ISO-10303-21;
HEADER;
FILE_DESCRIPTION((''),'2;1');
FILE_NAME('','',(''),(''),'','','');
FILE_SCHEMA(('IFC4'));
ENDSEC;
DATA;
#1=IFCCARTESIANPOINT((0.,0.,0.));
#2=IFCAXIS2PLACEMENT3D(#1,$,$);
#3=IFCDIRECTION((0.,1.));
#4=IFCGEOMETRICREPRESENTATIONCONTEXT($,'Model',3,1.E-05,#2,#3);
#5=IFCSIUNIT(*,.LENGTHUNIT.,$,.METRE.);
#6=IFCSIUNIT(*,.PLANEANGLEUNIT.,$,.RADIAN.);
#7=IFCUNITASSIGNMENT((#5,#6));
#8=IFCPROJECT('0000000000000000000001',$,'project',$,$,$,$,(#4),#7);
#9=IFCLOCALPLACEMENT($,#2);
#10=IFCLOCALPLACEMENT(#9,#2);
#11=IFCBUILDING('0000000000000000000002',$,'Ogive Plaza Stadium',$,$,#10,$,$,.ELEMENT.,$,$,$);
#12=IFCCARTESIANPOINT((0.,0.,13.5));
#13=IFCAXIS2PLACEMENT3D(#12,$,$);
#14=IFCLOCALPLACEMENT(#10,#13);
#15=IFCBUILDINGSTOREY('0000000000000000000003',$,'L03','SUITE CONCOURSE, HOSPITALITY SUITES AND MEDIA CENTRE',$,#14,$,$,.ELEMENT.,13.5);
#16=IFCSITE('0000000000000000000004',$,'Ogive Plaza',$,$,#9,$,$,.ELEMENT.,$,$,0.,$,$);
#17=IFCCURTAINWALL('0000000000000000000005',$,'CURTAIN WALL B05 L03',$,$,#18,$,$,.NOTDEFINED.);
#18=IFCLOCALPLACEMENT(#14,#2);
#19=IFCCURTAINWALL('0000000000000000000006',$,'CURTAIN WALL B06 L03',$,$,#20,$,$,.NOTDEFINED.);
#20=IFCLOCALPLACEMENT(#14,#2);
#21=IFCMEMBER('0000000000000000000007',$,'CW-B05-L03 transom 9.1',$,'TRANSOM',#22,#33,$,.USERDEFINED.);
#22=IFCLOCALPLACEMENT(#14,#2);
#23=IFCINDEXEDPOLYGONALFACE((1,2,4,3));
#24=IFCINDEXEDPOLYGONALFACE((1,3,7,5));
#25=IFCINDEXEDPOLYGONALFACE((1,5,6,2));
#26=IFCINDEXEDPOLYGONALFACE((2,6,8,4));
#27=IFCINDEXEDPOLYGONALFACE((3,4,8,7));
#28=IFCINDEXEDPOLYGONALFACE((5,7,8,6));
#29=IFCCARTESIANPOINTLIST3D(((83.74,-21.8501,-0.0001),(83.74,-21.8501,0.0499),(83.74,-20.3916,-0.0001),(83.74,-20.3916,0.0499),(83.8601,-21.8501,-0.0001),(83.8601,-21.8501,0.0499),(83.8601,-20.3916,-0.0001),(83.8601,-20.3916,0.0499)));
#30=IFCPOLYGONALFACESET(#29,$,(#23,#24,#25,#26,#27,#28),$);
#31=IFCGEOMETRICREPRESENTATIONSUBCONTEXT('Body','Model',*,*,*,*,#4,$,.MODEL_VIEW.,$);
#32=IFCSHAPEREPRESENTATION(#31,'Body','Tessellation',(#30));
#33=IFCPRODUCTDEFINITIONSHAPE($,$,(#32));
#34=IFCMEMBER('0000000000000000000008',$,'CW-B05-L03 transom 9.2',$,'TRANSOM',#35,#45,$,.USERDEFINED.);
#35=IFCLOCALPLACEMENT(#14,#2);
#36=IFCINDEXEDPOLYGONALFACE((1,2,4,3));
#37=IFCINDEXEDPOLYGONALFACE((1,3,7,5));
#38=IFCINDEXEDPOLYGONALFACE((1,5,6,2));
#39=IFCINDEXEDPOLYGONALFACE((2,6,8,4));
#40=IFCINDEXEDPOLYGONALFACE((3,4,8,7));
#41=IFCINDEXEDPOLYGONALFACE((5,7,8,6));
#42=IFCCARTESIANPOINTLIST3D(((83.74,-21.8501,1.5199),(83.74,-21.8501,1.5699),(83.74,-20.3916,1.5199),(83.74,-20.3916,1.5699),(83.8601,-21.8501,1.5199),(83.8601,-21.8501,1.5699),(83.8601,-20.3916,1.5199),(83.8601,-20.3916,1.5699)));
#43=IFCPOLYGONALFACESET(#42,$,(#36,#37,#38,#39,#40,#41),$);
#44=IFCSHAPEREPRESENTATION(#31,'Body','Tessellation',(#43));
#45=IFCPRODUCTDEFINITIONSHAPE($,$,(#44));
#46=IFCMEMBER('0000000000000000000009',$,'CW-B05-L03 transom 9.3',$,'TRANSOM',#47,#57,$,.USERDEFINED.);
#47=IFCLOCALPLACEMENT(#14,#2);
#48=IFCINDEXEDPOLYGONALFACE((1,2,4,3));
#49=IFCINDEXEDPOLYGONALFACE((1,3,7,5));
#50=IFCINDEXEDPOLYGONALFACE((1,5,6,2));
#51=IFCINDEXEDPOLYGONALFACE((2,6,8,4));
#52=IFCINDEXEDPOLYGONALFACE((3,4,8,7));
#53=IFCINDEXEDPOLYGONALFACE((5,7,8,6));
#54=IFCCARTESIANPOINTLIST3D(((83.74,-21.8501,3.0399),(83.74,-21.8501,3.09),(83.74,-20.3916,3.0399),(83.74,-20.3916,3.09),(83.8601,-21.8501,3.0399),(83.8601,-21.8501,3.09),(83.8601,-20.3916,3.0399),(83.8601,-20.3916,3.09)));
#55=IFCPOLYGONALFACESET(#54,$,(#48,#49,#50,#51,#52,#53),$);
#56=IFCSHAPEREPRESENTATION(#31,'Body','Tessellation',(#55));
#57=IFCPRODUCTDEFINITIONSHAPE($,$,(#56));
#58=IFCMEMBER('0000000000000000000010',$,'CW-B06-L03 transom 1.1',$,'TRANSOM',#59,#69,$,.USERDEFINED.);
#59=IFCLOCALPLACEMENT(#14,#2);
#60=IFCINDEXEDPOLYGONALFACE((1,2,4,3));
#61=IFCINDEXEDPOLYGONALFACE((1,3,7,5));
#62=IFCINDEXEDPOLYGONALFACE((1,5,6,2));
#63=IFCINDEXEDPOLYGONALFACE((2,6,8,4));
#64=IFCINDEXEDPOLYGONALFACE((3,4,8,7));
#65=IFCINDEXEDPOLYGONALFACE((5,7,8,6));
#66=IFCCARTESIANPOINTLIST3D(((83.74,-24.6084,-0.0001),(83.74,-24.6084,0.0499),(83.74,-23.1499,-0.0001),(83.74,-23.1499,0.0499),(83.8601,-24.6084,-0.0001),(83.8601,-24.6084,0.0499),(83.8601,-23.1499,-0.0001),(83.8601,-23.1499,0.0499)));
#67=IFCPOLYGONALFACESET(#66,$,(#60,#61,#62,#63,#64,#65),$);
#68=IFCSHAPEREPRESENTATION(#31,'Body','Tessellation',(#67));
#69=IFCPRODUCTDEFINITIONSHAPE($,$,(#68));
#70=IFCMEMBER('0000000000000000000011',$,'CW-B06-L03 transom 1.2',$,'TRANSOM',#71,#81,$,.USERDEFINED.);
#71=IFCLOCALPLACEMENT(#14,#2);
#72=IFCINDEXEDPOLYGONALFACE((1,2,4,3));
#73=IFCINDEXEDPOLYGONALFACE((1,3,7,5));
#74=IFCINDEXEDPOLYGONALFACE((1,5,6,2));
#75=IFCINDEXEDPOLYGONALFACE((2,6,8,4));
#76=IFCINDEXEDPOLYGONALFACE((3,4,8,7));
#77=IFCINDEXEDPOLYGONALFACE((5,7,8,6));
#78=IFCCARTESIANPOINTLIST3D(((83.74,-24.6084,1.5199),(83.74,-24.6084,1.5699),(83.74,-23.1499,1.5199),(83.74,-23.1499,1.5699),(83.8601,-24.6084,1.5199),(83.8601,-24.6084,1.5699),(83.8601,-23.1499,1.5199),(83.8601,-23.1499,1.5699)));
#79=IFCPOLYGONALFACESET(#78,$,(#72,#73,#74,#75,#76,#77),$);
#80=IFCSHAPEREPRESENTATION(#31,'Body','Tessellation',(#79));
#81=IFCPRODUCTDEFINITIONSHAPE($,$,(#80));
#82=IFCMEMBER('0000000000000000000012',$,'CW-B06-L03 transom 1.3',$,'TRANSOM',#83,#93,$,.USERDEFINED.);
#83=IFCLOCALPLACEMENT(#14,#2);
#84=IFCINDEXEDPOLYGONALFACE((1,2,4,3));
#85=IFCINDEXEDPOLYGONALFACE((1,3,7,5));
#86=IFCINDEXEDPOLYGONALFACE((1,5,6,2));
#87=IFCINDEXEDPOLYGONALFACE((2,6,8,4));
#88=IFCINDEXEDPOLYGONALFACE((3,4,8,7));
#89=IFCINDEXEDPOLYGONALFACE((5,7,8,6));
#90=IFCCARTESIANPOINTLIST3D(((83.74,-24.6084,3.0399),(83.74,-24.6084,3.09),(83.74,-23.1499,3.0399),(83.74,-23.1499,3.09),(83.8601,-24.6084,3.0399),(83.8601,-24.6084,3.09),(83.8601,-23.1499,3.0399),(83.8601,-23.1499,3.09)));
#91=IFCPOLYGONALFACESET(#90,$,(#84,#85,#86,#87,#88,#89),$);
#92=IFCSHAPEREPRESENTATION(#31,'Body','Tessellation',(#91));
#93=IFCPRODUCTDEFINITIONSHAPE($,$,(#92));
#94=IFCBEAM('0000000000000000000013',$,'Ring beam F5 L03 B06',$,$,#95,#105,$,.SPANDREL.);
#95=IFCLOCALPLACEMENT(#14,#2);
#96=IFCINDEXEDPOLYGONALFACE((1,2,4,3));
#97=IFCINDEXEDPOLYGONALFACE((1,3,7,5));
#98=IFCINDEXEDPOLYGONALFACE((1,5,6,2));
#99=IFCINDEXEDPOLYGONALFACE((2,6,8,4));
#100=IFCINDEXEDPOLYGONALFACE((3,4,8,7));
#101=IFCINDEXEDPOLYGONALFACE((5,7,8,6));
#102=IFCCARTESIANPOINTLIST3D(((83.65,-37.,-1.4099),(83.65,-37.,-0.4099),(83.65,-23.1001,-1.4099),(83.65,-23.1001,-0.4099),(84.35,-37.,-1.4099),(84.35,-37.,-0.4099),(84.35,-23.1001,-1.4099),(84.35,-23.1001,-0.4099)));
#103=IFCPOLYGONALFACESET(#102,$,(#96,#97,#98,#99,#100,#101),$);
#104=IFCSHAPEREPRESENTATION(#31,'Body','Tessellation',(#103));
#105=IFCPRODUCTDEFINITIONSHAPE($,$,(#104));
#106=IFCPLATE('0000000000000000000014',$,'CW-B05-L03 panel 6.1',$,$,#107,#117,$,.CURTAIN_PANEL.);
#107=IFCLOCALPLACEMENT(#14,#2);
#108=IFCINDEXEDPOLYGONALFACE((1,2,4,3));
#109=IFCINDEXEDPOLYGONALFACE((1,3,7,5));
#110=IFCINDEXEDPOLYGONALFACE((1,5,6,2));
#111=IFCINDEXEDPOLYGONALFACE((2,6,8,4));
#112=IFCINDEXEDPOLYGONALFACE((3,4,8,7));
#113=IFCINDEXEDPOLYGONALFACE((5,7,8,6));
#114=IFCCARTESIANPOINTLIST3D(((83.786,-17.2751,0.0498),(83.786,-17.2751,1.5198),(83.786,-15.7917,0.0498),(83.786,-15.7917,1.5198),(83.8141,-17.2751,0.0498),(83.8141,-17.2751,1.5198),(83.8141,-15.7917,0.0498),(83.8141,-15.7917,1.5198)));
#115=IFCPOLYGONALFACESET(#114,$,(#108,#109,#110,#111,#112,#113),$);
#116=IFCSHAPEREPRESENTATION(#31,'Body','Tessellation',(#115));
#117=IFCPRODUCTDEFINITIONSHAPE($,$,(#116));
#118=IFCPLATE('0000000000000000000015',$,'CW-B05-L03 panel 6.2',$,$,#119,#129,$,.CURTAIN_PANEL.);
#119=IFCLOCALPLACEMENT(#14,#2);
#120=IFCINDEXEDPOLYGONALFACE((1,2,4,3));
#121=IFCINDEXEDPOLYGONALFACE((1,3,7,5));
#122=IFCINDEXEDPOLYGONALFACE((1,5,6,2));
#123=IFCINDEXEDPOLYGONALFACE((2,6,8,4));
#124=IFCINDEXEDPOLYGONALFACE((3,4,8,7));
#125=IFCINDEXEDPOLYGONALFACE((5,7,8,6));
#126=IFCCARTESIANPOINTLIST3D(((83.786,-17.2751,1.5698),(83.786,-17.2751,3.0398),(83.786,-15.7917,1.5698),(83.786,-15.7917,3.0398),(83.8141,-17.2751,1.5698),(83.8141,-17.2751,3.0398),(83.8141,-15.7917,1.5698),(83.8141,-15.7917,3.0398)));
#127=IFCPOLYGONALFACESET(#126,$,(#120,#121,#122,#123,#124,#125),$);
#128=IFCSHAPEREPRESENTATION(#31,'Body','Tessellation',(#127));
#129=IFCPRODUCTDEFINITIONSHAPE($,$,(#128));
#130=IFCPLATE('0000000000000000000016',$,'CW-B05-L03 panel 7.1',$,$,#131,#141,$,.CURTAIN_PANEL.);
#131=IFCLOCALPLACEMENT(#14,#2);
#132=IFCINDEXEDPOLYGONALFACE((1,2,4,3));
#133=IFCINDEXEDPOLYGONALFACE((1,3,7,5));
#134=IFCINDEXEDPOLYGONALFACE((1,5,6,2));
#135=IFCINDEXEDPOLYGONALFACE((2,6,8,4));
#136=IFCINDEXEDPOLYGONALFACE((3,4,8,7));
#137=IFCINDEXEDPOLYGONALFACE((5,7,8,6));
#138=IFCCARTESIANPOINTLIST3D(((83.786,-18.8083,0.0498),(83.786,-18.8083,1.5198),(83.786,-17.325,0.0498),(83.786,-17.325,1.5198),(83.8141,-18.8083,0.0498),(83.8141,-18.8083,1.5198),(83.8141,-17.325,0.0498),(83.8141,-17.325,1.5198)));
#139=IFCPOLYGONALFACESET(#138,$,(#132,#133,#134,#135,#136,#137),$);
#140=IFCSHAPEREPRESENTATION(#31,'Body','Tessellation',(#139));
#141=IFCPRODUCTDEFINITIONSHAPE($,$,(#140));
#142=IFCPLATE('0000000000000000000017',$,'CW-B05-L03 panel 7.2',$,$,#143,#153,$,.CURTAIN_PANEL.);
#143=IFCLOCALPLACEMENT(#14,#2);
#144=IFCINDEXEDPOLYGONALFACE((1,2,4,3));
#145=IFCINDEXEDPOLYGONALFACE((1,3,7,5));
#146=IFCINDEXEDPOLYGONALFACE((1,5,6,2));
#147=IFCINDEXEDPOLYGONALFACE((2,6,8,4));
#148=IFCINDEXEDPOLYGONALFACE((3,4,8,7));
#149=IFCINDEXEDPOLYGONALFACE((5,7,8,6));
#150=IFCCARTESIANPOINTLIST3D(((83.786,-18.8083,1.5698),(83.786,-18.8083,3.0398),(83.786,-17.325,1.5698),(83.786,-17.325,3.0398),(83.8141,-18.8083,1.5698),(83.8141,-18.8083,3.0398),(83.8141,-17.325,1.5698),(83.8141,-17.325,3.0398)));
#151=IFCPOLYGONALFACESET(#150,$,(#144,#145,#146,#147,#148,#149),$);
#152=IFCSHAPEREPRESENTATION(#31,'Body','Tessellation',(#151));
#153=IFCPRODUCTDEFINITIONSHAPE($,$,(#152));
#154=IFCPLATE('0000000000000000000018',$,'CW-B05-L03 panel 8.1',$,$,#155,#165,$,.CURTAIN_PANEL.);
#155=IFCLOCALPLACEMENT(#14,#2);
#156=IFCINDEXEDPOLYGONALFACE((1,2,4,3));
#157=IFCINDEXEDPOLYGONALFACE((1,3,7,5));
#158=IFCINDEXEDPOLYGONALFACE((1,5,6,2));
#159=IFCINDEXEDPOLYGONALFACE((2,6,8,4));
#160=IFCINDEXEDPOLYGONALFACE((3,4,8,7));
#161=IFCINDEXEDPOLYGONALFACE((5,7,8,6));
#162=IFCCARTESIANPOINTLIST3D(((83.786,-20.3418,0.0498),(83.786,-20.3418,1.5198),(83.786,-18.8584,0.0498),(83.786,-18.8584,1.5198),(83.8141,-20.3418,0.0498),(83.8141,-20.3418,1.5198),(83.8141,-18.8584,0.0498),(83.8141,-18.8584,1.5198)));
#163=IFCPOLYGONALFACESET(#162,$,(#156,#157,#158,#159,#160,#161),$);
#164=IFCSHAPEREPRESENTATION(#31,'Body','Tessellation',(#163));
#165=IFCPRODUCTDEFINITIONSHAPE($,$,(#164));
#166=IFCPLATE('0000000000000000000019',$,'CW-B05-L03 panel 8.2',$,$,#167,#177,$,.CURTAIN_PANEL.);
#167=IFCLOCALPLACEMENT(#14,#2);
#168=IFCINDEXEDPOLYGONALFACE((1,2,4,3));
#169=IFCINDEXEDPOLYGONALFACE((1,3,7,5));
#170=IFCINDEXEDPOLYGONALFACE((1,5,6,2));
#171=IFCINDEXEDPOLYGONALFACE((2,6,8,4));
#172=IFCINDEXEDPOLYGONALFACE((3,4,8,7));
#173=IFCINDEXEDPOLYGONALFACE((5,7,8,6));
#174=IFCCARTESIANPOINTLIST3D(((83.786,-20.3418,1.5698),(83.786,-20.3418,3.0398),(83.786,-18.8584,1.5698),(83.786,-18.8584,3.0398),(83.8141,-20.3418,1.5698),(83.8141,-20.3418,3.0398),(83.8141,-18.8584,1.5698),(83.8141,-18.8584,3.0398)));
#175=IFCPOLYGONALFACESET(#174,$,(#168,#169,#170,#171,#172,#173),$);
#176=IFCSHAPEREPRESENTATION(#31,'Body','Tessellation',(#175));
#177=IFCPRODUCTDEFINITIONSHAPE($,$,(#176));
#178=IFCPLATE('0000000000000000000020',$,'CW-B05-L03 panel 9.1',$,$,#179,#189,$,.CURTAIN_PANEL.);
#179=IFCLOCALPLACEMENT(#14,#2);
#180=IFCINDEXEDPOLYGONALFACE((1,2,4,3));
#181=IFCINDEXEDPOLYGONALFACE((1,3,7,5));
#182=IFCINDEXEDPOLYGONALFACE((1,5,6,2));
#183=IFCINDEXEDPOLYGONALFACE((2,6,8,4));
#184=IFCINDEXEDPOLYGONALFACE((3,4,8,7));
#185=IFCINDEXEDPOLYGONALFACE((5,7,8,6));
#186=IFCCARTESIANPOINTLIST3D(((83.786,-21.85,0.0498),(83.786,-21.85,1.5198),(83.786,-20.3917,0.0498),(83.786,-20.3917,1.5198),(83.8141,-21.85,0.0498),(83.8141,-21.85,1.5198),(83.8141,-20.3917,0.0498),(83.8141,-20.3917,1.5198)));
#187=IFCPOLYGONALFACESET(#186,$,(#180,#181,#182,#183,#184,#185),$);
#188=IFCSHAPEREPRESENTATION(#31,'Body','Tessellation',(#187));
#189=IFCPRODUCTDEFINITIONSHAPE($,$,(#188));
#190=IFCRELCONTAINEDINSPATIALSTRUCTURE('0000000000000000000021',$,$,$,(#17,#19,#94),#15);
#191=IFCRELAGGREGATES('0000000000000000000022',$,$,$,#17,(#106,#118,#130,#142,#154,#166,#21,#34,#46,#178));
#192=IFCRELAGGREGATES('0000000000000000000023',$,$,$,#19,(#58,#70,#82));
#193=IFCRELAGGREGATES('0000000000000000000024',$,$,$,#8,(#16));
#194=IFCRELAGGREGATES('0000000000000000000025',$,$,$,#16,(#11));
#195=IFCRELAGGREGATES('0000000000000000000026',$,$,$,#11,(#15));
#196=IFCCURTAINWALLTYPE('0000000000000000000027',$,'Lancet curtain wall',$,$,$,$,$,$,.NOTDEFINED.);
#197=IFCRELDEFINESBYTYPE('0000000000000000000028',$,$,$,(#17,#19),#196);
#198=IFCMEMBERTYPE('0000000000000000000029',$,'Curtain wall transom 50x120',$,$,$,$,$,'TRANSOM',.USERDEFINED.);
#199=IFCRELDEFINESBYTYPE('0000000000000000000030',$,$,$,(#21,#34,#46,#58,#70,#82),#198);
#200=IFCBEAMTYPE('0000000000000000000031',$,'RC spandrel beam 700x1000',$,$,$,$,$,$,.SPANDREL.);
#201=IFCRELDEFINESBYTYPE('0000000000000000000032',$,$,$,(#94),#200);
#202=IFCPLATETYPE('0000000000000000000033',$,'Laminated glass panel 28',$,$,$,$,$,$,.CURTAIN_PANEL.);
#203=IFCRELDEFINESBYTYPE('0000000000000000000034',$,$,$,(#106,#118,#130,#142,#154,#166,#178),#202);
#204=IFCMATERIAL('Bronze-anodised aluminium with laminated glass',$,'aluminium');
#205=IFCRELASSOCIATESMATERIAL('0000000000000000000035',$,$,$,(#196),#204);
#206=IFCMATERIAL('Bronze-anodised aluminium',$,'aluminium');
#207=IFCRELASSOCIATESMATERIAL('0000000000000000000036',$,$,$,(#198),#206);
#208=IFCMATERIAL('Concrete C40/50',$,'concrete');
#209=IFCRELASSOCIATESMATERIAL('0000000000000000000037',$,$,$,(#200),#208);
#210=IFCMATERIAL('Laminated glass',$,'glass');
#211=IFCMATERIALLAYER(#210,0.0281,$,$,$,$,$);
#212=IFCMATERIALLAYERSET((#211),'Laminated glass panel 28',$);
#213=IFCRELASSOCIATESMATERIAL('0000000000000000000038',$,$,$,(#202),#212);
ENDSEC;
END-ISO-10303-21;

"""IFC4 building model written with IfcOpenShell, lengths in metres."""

from ifc_helpers import new_model, si_unit, direction, frame, origin, origin_2d, place, context, subcontext, project, spatial, rectangle, extrude, material, layer, layer_set, material_profile, profile_set, type_object, element, aggregate, save


model = new_model("IFC4")

# Units and contexts
model_context = context("Model", 3, precision=1e-05, world=origin(), true_north=direction((0.0, 1.0)))
body_context = subcontext(model_context, "Body", "Model", "MODEL_VIEW")
ifc_project = project(units=[si_unit("LENGTHUNIT", "METRE"), si_unit("PLANEANGLEUNIT", "RADIAN")], contexts=[model_context])

# Site, building, storey
site_placement = place(None, origin())
site = spatial("IfcSite", under=ifc_project, at=site_placement, Name="Ogive Plaza", CompositionType="ELEMENT", RefElevation=0.0)
building_placement = place(site_placement, origin())
building = spatial("IfcBuilding", under=site, at=building_placement, Name="Ogive Plaza Stadium", CompositionType="ELEMENT")
storey_placement = place(building_placement, frame((0.0, 0.0, 13.5)))
storey = spatial("IfcBuildingStorey", under=building, at=storey_placement, Name="L03", Description="SUITE CONCOURSE, HOSPITALITY SUITES AND MEDIA CENTRE", CompositionType="ELEMENT", Elevation=13.5)

# Curtain walls
ifc_material_1 = material(Name="Bronze-anodised aluminium with laminated glass", Category="aluminium")
curtain_wall_type = type_object("IfcCurtainWallType", Name="Lancet curtain wall", PredefinedType="NOTDEFINED", material=ifc_material_1)
curtain_wall_1_placement = place(storey_placement, origin())
curtain_wall_1 = element("IfcCurtainWall", 1, at=curtain_wall_1_placement, inside=storey, type_object=curtain_wall_type, Name="CURTAIN WALL B05 L03", PredefinedType="NOTDEFINED")
curtain_wall_2_placement = place(storey_placement, origin())
curtain_wall_2 = element("IfcCurtainWall", 2, at=curtain_wall_2_placement, inside=storey, type_object=curtain_wall_type, Name="CURTAIN WALL B06 L03", PredefinedType="NOTDEFINED")

# Members
ifc_material_2 = material(Name="Bronze-anodised aluminium", Category="aluminium")
ifc_material_profile_1 = material_profile(ifc_material_2, rectangle(XDim=0.1201, YDim=0.05, at=origin_2d()), Name="AL 120x50")
ifc_profile_set_1 = profile_set([ifc_material_profile_1], Name="Bronze-anodised aluminium")
member_type_1 = type_object("IfcMemberType", Name="Curtain wall transom 50x120", ElementType="TRANSOM", PredefinedType="USERDEFINED", material=ifc_profile_set_1)
member_1_placement = place(storey_placement, frame((83.8, -20.3916, 0.0249), z_axis=(0.0, -1.0, 0.0), x_axis=(1.0, 0.0, 0.0)))
member_1 = element("IfcMember", 3, at=member_1_placement, type_object=member_type_1, Name="CW-B05-L03 transom 9.1", ObjectType="TRANSOM", PredefinedType="USERDEFINED", context=body_context, shape_type="SweptSolid", body=[
    extrude(rectangle(XDim=0.1201, YDim=0.05, at=origin_2d()), origin(), (0.0, 0.0, 1.0), 1.4585),
])
member_2_placement = place(storey_placement, frame((83.8, -20.3916, 1.5449), z_axis=(0.0, -1.0, 0.0), x_axis=(1.0, 0.0, 0.0)))
member_2 = element("IfcMember", 4, at=member_2_placement, type_object=member_type_1, Name="CW-B05-L03 transom 9.2", ObjectType="TRANSOM", PredefinedType="USERDEFINED", context=body_context, shape_type="SweptSolid", body=[
    extrude(rectangle(XDim=0.1201, YDim=0.05, at=origin_2d()), origin(), (0.0, 0.0, 1.0), 1.4585),
])
member_3_placement = place(storey_placement, frame((83.8, -20.3916, 3.0649), z_axis=(0.0, -1.0, 0.0), x_axis=(1.0, 0.0, 0.0)))
member_3 = element("IfcMember", 5, at=member_3_placement, type_object=member_type_1, Name="CW-B05-L03 transom 9.3", ObjectType="TRANSOM", PredefinedType="USERDEFINED", context=body_context, shape_type="SweptSolid", body=[
    extrude(rectangle(XDim=0.1201, YDim=0.05, at=origin_2d()), origin(), (0.0, 0.0, 1.0), 1.4585),
])
member_4_placement = place(storey_placement, frame((83.8, -23.1499, 0.0249), z_axis=(0.0, -1.0, 0.0), x_axis=(1.0, 0.0, 0.0)))
member_4 = element("IfcMember", 6, at=member_4_placement, type_object=member_type_1, Name="CW-B06-L03 transom 1.1", ObjectType="TRANSOM", PredefinedType="USERDEFINED", context=body_context, shape_type="SweptSolid", body=[
    extrude(rectangle(XDim=0.1201, YDim=0.05, at=origin_2d()), origin(), (0.0, 0.0, 1.0), 1.4585),
])
member_5_placement = place(storey_placement, frame((83.8, -23.1499, 1.5449), z_axis=(0.0, -1.0, 0.0), x_axis=(1.0, 0.0, 0.0)))
member_5 = element("IfcMember", 7, at=member_5_placement, type_object=member_type_1, Name="CW-B06-L03 transom 1.2", ObjectType="TRANSOM", PredefinedType="USERDEFINED", context=body_context, shape_type="SweptSolid", body=[
    extrude(rectangle(XDim=0.1201, YDim=0.05, at=origin_2d()), origin(), (0.0, 0.0, 1.0), 1.4585),
])
member_6_placement = place(storey_placement, frame((83.8, -23.1499, 3.0649), z_axis=(0.0, -1.0, 0.0), x_axis=(1.0, 0.0, 0.0)))
member_6 = element("IfcMember", 8, at=member_6_placement, type_object=member_type_1, Name="CW-B06-L03 transom 1.3", ObjectType="TRANSOM", PredefinedType="USERDEFINED", context=body_context, shape_type="SweptSolid", body=[
    extrude(rectangle(XDim=0.1201, YDim=0.05, at=origin_2d()), origin(), (0.0, 0.0, 1.0), 1.4585),
])

# Beam
ifc_material_3 = material(Name="Concrete C40/50", Category="concrete")
ifc_material_profile_2 = material_profile(ifc_material_3, rectangle(XDim=0.7, YDim=1.0, at=origin_2d()), Name="RC 700x1000")
ifc_profile_set_2 = profile_set([ifc_material_profile_2], Name="Concrete C40/50")
beam_type = type_object("IfcBeamType", Name="RC spandrel beam 700x1000", PredefinedType="SPANDREL", material=ifc_profile_set_2)
beam_placement = place(storey_placement, frame((84.0, -23.1001, -0.9099), z_axis=(0.0, -1.0, 0.0), x_axis=(1.0, 0.0, 0.0)))
element("IfcBeam", 9, at=beam_placement, inside=storey, type_object=beam_type, Name="Ring beam F5 L03 B06", PredefinedType="SPANDREL", context=body_context, shape_type="SweptSolid", body=[
    extrude(rectangle(XDim=0.7, YDim=1.0, at=origin_2d()), origin(), (0.0, 0.0, 1.0), 13.8999),
])

# Plates
ifc_material_4 = material(Name="Laminated glass", Category="glass")
ifc_layer = layer(ifc_material_4, 0.0281)
ifc_layer_set = layer_set([ifc_layer], Name="Laminated glass panel 28")
plate_type = type_object("IfcPlateType", Name="Laminated glass panel 28", PredefinedType="CURTAIN_PANEL", material=ifc_layer_set)
plate_1_placement = place(storey_placement, frame((83.8, -16.5334, 0.0498), z_axis=(0.0, 0.0, 1.0), x_axis=(0.0, -1.0, 0.0)))
plate_1 = element("IfcPlate", 10, at=plate_1_placement, type_object=plate_type, Name="CW-B05-L03 panel 6.1", PredefinedType="CURTAIN_PANEL", context=body_context, shape_type="SweptSolid", body=[
    extrude(rectangle(XDim=1.4834, YDim=0.0281, at=origin_2d()), origin(), (0.0, 0.0, 1.0), 1.47),
])
plate_2_placement = place(storey_placement, frame((83.8, -16.5334, 1.5698), z_axis=(0.0, 0.0, 1.0), x_axis=(0.0, -1.0, 0.0)))
plate_2 = element("IfcPlate", 11, at=plate_2_placement, type_object=plate_type, Name="CW-B05-L03 panel 6.2", PredefinedType="CURTAIN_PANEL", context=body_context, shape_type="SweptSolid", body=[
    extrude(rectangle(XDim=1.4834, YDim=0.0281, at=origin_2d()), origin(), (0.0, 0.0, 1.0), 1.47),
])
plate_3_placement = place(storey_placement, frame((83.8, -18.0667, 0.0498), z_axis=(0.0, 0.0, 1.0), x_axis=(0.0, -1.0, 0.0)))
plate_3 = element("IfcPlate", 12, at=plate_3_placement, type_object=plate_type, Name="CW-B05-L03 panel 7.1", PredefinedType="CURTAIN_PANEL", context=body_context, shape_type="SweptSolid", body=[
    extrude(rectangle(XDim=1.4834, YDim=0.0281, at=origin_2d()), origin(), (0.0, 0.0, 1.0), 1.47),
])
plate_4_placement = place(storey_placement, frame((83.8, -18.0667, 1.5698), z_axis=(0.0, 0.0, 1.0), x_axis=(0.0, -1.0, 0.0)))
plate_4 = element("IfcPlate", 13, at=plate_4_placement, type_object=plate_type, Name="CW-B05-L03 panel 7.2", PredefinedType="CURTAIN_PANEL", context=body_context, shape_type="SweptSolid", body=[
    extrude(rectangle(XDim=1.4834, YDim=0.0281, at=origin_2d()), origin(), (0.0, 0.0, 1.0), 1.47),
])
plate_5_placement = place(storey_placement, frame((83.8, -19.6001, 0.0498), z_axis=(0.0, 0.0, 1.0), x_axis=(0.0, -1.0, 0.0)))
plate_5 = element("IfcPlate", 14, at=plate_5_placement, type_object=plate_type, Name="CW-B05-L03 panel 8.1", PredefinedType="CURTAIN_PANEL", context=body_context, shape_type="SweptSolid", body=[
    extrude(rectangle(XDim=1.4834, YDim=0.0281, at=origin_2d()), origin(), (0.0, 0.0, 1.0), 1.47),
])
plate_6_placement = place(storey_placement, frame((83.8, -19.6001, 1.5698), z_axis=(0.0, 0.0, 1.0), x_axis=(0.0, -1.0, 0.0)))
plate_6 = element("IfcPlate", 15, at=plate_6_placement, type_object=plate_type, Name="CW-B05-L03 panel 8.2", PredefinedType="CURTAIN_PANEL", context=body_context, shape_type="SweptSolid", body=[
    extrude(rectangle(XDim=1.4834, YDim=0.0281, at=origin_2d()), origin(), (0.0, 0.0, 1.0), 1.47),
])
plate_7_placement = place(storey_placement, frame((83.8, -21.1208, 0.0498), z_axis=(0.0, 0.0, 1.0), x_axis=(0.0, -1.0, 0.0)))
plate_7 = element("IfcPlate", 16, at=plate_7_placement, type_object=plate_type, Name="CW-B05-L03 panel 9.1", PredefinedType="CURTAIN_PANEL", context=body_context, shape_type="SweptSolid", body=[
    extrude(rectangle(XDim=1.4583, YDim=0.0281, at=origin_2d()), origin(), (0.0, 0.0, 1.0), 1.47),
])
aggregate(curtain_wall_1, [plate_1, plate_2, plate_3, plate_4, plate_5, plate_6, member_1, member_2, member_3, plate_7])
aggregate(curtain_wall_2, [member_4, member_5, member_6])

save(model, "model.ifc")
